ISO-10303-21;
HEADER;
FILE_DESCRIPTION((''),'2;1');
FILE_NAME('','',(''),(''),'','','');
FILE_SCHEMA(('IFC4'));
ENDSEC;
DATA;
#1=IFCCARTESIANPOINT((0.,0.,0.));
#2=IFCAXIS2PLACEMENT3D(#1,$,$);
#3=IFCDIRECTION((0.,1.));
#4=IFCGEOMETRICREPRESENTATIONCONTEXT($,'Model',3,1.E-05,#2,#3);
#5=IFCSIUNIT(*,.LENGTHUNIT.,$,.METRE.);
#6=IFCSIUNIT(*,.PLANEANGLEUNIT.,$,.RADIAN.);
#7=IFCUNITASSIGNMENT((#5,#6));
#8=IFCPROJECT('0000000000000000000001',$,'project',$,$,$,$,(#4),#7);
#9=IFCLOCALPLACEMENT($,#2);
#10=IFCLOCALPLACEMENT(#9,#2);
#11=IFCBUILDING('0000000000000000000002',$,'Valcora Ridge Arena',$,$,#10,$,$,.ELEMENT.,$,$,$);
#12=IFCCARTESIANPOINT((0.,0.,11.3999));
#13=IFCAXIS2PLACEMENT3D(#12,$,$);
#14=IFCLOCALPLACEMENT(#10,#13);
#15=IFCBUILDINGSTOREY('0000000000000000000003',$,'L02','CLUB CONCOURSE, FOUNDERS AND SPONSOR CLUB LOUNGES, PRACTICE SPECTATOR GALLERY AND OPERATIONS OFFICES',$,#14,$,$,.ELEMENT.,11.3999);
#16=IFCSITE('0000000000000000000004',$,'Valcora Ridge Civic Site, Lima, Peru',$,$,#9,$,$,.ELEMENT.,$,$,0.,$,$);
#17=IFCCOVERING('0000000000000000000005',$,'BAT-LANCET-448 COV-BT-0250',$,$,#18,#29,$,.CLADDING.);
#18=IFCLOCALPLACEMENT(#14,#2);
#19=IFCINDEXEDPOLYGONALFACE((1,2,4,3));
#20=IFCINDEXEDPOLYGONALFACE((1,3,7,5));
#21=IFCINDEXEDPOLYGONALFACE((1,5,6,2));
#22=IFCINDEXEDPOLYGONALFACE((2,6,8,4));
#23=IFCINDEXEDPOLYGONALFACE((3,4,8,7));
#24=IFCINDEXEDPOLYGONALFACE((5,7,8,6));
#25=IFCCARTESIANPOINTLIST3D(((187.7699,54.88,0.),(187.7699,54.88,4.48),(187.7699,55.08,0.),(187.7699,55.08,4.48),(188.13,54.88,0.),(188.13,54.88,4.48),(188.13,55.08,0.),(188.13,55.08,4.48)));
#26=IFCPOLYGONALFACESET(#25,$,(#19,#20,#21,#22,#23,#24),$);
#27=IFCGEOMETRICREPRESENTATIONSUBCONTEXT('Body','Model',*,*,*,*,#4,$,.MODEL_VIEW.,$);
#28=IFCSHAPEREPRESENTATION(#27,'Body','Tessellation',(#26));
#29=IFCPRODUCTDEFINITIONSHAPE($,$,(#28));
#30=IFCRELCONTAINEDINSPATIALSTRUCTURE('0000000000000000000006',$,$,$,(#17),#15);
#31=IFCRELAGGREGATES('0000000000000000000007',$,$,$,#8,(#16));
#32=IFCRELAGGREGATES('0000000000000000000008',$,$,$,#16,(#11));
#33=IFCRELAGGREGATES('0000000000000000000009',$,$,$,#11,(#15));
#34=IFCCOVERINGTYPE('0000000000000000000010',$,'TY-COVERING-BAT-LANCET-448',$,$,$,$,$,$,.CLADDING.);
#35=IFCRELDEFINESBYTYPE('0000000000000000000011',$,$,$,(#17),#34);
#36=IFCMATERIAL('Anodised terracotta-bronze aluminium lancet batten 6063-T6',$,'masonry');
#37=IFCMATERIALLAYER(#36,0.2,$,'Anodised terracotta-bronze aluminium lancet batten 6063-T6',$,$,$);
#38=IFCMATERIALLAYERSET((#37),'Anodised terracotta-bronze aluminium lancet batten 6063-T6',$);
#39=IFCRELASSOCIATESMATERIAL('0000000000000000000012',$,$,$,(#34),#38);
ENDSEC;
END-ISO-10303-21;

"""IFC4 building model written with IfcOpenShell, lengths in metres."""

from ifc_helpers import new_model, si_unit, direction, frame, origin, origin_2d, place, context, subcontext, project, spatial, rectangle, extrude, material, layer, layer_set, type_object, element, save


model = new_model("IFC4")

# Units and contexts
model_context = context("Model", 3, precision=1e-05, world=origin(), true_north=direction((0.0, 1.0)))
body_context = subcontext(model_context, "Body", "Model", "MODEL_VIEW")
ifc_project = project(units=[si_unit("LENGTHUNIT", "METRE"), si_unit("PLANEANGLEUNIT", "RADIAN")], contexts=[model_context])

# Site, building, storey
site_placement = place(None, origin())
site = spatial("IfcSite", under=ifc_project, at=site_placement, Name="Valcora Ridge Civic Site, Lima, Peru", CompositionType="ELEMENT", RefElevation=0.0)
building_placement = place(site_placement, origin())
building = spatial("IfcBuilding", under=site, at=building_placement, Name="Valcora Ridge Arena", CompositionType="ELEMENT")
storey_placement = place(building_placement, frame((0.0, 0.0, 11.3999)))
storey = spatial("IfcBuildingStorey", under=building, at=storey_placement, Name="L02", Description="CLUB CONCOURSE, FOUNDERS AND SPONSOR CLUB LOUNGES, PRACTICE SPECTATOR GALLERY AND OPERATIONS OFFICES", CompositionType="ELEMENT", Elevation=11.3999)

# Covering
ifc_material_1 = material(Name="Anodised terracotta-bronze aluminium lancet batten 6063-T6", Category="masonry")
ifc_layer_1 = layer(ifc_material_1, 0.2, Name="Anodised terracotta-bronze aluminium lancet batten 6063-T6")
ifc_layer_set_1 = layer_set([ifc_layer_1], Name="Anodised terracotta-bronze aluminium lancet batten 6063-T6")
covering_type = type_object("IfcCoveringType", Name="TY-COVERING-BAT-LANCET-448", PredefinedType="CLADDING", material=ifc_layer_set_1)
for number, where, z_axis, x_axis, name in (
    (1, (187.95, 54.98, 0.0), (0.0, 0.0, 1.0), (1.0, 0.0, 0.0), "BAT-LANCET-448 COV-BT-0250"),
):
    element("IfcCovering", number, at=place(storey_placement, frame(where, z_axis=z_axis, x_axis=x_axis)), inside=storey, type_object=covering_type, Name=name, PredefinedType="CLADDING", context=body_context, shape_type="SweptSolid", body=[
        extrude(rectangle(XDim=0.3601, YDim=0.2, at=origin_2d()), origin(), (0.0, 0.0, 1.0), 4.48),
    ])

save(model, "model.ifc")
